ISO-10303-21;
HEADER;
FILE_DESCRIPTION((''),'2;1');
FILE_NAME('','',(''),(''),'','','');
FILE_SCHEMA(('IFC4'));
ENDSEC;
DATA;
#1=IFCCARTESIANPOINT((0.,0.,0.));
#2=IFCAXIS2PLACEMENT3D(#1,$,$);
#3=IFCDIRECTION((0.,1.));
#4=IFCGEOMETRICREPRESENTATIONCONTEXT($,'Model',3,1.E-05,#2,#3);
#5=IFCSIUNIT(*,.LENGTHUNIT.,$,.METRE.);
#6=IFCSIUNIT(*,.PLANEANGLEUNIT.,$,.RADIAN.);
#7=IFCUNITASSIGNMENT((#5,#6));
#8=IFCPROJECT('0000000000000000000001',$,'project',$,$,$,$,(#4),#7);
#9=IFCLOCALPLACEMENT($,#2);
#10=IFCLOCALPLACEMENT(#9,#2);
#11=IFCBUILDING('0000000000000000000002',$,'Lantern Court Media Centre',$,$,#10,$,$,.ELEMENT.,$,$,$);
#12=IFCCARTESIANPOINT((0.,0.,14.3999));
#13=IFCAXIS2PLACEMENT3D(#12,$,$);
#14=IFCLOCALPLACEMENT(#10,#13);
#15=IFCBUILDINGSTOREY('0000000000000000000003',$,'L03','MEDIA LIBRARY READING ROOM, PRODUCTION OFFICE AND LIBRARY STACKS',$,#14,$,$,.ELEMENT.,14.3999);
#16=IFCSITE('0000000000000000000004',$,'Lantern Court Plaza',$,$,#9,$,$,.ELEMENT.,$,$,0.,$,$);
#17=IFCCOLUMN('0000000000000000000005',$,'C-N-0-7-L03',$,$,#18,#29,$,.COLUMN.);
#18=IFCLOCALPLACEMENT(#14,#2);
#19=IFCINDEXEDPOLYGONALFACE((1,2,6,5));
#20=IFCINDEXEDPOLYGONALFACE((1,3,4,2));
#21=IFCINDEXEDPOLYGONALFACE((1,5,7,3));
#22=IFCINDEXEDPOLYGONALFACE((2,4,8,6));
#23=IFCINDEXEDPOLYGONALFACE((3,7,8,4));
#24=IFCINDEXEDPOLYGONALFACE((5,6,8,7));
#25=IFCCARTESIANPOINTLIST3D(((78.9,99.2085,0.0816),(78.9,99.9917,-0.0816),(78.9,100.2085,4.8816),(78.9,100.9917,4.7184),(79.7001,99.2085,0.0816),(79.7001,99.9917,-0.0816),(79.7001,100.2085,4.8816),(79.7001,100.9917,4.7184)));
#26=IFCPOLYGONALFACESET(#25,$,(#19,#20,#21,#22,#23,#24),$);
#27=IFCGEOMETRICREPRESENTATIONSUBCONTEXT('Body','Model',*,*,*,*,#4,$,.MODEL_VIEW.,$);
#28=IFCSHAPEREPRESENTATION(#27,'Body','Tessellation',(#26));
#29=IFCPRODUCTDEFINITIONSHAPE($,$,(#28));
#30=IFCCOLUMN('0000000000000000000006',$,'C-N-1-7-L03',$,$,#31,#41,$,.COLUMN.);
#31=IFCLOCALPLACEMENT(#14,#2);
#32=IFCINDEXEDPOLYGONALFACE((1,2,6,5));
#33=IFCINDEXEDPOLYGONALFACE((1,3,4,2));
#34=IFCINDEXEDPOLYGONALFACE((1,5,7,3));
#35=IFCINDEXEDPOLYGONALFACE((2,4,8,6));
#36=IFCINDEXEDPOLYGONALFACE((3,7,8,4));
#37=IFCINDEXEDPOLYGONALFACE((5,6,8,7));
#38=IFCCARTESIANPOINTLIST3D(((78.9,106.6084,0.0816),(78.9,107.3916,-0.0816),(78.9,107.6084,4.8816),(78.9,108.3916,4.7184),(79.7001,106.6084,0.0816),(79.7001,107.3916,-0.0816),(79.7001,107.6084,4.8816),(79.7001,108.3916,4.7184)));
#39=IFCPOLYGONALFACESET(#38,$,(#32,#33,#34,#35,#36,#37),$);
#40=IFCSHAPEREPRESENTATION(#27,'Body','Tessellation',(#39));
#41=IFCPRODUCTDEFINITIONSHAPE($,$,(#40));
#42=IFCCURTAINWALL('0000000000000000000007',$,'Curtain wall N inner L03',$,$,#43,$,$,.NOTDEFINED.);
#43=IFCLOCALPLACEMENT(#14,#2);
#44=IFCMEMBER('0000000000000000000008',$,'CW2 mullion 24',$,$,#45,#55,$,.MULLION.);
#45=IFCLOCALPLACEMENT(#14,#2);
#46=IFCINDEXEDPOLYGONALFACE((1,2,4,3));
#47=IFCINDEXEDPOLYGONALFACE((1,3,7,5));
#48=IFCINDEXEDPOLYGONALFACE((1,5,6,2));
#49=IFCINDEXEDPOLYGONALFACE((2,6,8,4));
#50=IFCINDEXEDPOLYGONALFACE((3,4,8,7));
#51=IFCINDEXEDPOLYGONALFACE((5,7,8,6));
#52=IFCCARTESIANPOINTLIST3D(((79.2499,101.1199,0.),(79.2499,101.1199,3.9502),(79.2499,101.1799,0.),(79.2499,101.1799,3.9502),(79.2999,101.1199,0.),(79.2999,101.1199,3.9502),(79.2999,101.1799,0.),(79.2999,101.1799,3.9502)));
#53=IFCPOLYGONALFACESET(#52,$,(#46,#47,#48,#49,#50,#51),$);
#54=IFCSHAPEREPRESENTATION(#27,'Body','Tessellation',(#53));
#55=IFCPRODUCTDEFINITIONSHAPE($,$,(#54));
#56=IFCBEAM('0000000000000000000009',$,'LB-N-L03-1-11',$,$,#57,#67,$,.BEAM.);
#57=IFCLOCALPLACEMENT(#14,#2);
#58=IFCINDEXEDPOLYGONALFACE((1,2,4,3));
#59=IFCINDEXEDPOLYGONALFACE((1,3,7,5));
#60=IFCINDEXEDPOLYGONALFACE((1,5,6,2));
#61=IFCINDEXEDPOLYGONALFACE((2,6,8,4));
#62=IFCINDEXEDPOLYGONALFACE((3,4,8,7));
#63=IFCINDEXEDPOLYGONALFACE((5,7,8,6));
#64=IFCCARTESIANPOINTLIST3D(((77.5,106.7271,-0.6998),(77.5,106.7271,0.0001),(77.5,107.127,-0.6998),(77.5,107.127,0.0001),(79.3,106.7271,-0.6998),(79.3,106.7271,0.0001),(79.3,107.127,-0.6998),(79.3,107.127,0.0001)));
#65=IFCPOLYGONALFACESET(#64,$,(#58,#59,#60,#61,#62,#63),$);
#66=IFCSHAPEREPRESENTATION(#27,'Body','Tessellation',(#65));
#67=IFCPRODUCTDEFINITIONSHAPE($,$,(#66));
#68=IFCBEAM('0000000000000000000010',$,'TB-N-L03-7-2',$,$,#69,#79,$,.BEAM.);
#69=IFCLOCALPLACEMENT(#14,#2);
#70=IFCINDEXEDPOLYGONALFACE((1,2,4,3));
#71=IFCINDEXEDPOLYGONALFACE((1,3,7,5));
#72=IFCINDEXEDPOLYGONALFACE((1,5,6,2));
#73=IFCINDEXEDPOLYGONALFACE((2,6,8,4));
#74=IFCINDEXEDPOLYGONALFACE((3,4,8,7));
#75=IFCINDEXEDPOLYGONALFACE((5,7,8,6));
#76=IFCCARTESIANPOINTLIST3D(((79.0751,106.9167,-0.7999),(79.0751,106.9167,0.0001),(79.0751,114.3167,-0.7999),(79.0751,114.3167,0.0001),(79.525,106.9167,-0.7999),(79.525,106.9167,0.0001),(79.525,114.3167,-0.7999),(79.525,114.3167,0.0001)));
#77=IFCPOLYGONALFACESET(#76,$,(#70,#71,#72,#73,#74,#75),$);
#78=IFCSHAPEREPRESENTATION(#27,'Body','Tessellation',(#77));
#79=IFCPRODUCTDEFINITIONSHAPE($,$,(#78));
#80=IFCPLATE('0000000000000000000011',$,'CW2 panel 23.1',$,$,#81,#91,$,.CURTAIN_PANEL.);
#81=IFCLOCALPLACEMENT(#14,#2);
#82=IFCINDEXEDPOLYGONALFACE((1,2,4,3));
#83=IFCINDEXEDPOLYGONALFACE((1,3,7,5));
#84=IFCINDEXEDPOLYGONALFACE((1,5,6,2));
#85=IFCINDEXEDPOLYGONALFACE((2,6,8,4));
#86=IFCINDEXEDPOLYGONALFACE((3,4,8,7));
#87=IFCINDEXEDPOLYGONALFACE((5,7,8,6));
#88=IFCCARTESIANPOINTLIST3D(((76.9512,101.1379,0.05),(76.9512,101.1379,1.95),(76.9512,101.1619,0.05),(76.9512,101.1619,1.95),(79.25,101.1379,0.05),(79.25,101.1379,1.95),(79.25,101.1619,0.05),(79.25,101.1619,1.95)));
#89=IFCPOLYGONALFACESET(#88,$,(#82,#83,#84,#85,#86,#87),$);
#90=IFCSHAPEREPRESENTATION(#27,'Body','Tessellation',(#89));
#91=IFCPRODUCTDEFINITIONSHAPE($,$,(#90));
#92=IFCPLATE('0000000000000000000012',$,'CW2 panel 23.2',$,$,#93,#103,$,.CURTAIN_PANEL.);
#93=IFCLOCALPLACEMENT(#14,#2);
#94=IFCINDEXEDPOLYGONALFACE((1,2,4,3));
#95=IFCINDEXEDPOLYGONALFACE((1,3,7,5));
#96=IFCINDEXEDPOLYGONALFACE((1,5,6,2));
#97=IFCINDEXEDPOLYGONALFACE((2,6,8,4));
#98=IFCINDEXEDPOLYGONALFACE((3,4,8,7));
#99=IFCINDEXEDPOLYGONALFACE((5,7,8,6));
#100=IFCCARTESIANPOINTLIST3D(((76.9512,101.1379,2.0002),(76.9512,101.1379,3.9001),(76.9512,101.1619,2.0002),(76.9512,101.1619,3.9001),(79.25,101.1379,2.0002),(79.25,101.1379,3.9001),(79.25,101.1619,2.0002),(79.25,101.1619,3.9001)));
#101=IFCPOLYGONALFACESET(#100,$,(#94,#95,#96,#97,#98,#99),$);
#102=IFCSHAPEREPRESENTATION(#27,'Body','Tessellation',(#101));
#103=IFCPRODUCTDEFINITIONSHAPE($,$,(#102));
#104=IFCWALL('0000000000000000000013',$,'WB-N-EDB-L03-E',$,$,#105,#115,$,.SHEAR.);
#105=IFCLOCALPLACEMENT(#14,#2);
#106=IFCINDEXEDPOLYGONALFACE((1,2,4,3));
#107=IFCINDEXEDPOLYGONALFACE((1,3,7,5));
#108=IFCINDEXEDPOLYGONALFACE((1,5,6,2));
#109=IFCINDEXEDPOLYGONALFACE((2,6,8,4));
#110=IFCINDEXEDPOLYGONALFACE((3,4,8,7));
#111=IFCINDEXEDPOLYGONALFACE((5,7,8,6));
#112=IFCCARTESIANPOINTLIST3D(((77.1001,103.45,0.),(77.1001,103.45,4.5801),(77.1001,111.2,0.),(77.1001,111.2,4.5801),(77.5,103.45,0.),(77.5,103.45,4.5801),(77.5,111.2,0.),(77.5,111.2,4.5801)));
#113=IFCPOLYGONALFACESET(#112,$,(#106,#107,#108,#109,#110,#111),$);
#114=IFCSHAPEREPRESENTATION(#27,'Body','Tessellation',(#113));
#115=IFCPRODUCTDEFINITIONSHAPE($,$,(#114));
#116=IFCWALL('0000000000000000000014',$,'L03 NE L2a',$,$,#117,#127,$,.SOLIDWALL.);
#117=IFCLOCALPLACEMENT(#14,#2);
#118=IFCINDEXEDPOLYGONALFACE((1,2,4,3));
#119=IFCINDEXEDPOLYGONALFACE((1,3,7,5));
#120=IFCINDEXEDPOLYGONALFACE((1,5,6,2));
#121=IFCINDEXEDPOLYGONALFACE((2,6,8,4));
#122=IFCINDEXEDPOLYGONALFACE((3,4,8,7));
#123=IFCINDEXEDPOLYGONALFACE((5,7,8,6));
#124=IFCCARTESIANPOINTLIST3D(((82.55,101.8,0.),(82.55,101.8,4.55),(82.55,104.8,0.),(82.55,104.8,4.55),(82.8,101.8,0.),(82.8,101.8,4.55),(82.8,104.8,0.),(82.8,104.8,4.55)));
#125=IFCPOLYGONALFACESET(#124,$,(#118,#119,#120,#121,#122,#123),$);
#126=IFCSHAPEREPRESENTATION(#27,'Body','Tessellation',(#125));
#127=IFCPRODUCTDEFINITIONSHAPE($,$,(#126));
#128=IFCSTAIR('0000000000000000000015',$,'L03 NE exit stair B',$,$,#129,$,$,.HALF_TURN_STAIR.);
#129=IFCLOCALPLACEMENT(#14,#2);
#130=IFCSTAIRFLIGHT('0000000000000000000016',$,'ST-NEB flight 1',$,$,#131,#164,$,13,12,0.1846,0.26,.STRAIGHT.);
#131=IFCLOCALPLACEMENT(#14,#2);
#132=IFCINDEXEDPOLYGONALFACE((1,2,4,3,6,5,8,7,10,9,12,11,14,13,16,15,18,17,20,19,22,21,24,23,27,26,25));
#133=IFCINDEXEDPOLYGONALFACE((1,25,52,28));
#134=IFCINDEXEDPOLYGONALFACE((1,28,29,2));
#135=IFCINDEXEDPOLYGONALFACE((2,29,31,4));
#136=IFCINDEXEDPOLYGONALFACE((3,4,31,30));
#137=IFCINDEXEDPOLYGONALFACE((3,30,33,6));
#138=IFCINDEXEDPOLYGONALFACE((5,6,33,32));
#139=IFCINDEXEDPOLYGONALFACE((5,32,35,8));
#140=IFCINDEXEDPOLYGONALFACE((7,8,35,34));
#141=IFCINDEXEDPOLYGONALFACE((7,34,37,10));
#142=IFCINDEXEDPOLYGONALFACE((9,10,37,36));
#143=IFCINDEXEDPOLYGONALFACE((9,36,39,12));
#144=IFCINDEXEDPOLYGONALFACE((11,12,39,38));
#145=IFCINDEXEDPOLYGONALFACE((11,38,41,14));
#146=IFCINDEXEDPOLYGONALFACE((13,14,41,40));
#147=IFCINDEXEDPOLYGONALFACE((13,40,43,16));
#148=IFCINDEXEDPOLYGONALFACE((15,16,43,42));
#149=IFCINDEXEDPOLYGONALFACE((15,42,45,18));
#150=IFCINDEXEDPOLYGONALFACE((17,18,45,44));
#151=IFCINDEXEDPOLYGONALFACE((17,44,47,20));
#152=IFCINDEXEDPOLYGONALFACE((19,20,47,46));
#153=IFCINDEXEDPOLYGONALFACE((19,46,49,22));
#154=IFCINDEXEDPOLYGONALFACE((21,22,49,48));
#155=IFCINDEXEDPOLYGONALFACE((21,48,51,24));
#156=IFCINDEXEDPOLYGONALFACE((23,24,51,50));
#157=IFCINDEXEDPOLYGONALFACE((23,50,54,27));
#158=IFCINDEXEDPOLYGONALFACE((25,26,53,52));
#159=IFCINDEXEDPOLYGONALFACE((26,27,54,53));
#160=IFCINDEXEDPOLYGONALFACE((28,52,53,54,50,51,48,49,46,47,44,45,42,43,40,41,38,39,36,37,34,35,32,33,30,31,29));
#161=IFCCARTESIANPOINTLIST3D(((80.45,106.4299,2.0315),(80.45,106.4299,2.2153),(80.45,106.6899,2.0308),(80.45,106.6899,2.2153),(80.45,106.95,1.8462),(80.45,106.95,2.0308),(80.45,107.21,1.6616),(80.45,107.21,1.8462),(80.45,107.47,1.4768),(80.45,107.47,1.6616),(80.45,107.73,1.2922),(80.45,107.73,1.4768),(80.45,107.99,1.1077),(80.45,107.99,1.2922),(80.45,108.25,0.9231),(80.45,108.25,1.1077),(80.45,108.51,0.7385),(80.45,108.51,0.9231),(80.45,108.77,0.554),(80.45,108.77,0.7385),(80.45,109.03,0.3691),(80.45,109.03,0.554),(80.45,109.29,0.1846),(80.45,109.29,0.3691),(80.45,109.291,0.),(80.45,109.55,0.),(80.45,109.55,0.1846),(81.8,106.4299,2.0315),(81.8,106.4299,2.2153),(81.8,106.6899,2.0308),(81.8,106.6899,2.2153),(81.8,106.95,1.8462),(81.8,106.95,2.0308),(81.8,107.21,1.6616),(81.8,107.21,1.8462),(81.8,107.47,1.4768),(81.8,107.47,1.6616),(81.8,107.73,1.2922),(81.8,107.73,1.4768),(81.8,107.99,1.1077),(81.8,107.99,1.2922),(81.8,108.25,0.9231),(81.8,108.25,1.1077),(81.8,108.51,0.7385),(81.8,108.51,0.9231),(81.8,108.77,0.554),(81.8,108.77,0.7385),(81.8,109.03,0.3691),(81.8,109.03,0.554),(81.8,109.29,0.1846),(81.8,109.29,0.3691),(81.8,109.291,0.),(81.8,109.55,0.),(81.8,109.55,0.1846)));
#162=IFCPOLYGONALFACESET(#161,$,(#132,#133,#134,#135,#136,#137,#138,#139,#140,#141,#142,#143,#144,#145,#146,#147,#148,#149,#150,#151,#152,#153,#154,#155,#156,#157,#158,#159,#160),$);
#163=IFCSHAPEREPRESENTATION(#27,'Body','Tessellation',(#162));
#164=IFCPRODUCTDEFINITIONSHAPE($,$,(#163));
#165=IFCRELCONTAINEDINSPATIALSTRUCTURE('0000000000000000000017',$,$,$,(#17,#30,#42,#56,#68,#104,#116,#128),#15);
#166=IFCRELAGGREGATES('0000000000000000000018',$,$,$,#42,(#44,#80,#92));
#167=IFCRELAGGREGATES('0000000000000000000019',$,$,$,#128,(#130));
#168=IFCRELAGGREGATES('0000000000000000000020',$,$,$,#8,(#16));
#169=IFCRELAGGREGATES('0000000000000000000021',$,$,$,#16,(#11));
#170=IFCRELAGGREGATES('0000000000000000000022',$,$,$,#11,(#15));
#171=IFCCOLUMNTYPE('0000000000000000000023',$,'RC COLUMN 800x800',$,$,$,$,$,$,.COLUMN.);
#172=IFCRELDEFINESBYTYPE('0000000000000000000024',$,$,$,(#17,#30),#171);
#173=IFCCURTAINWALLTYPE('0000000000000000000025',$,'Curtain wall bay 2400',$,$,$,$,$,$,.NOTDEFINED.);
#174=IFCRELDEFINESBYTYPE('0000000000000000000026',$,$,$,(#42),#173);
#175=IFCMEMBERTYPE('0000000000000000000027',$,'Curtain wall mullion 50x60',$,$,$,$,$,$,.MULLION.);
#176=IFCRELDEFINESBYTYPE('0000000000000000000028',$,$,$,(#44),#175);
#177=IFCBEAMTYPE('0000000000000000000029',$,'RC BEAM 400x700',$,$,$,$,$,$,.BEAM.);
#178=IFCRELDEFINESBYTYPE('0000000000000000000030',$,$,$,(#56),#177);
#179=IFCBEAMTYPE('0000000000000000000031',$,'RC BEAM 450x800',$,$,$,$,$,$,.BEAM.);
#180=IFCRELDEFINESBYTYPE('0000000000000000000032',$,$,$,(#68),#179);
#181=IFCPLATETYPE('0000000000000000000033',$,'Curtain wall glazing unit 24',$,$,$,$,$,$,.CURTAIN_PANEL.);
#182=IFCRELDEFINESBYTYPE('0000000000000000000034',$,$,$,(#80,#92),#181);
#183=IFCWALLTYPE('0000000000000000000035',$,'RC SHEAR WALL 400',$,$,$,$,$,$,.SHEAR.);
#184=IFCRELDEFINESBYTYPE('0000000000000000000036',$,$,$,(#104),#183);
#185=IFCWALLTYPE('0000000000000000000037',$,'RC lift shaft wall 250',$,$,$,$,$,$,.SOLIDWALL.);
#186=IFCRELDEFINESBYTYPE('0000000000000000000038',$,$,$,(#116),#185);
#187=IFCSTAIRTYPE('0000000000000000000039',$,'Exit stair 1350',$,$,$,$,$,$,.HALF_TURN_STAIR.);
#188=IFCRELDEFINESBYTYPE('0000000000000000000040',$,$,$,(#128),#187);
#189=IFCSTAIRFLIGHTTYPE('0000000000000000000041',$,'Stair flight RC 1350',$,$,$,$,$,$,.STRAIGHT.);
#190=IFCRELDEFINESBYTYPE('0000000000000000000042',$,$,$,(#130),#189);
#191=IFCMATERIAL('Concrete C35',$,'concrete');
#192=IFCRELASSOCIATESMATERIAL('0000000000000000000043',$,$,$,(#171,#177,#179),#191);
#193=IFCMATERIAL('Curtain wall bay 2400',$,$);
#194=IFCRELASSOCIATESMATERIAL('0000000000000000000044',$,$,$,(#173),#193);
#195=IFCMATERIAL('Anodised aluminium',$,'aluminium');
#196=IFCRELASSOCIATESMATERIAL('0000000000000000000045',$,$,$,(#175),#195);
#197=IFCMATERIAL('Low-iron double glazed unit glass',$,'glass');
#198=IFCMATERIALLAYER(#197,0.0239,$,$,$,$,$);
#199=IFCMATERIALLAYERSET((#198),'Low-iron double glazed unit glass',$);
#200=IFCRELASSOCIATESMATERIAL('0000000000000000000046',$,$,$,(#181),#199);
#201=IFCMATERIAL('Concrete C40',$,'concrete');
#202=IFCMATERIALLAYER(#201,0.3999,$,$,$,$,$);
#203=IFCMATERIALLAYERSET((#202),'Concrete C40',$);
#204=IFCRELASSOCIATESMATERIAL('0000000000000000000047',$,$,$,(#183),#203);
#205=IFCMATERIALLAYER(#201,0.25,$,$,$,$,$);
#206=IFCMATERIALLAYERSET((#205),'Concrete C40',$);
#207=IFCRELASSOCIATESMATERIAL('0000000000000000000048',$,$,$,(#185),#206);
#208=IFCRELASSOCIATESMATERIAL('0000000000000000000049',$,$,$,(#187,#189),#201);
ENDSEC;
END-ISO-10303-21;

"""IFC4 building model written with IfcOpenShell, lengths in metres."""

from ifc_helpers import new_model, si_unit, direction, frame, frame_2d, origin, origin_2d, place, context, subcontext, project, spatial, polyline, rectangle, outline, extrude, material, layer, layer_set, material_profile, profile_set, type_object, element, aggregate, save


model = new_model("IFC4")

# Units and contexts
model_context = context("Model", 3, precision=1e-05, world=origin(), true_north=direction((0.0, 1.0)))
body_context = subcontext(model_context, "Body", "Model", "MODEL_VIEW")
ifc_project = project(units=[si_unit("LENGTHUNIT", "METRE"), si_unit("PLANEANGLEUNIT", "RADIAN")], contexts=[model_context])

# Site, building, storey
site_placement = place(None, origin())
site = spatial("IfcSite", under=ifc_project, at=site_placement, Name="Lantern Court Plaza", CompositionType="ELEMENT", RefElevation=0.0)
building_placement = place(site_placement, origin())
building = spatial("IfcBuilding", under=site, at=building_placement, Name="Lantern Court Media Centre", CompositionType="ELEMENT")
storey_placement = place(building_placement, frame((0.0, 0.0, 14.3999)))
storey = spatial("IfcBuildingStorey", under=building, at=storey_placement, Name="L03", Description="MEDIA LIBRARY READING ROOM, PRODUCTION OFFICE AND LIBRARY STACKS", CompositionType="ELEMENT", Elevation=14.3999)

# Columns
ifc_material_1 = material(Name="Concrete C35", Category="concrete")
ifc_material_profile_1 = material_profile(ifc_material_1, rectangle(XDim=0.8, YDim=0.8, at=origin_2d()), Name="RC 800x800")
ifc_profile_set_1 = profile_set([ifc_material_profile_1], Name="Concrete C35")
column_type = type_object("IfcColumnType", Name="RC COLUMN 800x800", PredefinedType="COLUMN", material=ifc_profile_set_1)
for number, where, z_axis, x_axis, name in (
    (1, (79.3, 99.6001, 0.0), (0.0, 0.203952, 0.978981), (-1.0, 0.0, 0.0), "C-N-0-7-L03"),
    (2, (79.3, 107.0, 0.0), (0.0, 0.203952, 0.978981), (-1.0, 0.0, 0.0), "C-N-1-7-L03"),
):
    element("IfcColumn", number, at=place(storey_placement, frame(where, z_axis=z_axis, x_axis=x_axis)), inside=storey, type_object=column_type, Name=name, PredefinedType="COLUMN", context=body_context, shape_type="SweptSolid", body=[
        extrude(rectangle(XDim=0.8, YDim=0.8, at=origin_2d()), origin(), (0.0, 0.0, 1.0), 4.9031),
    ])

# Curtain wall, member
ifc_material_2 = material(Name="Curtain wall bay 2400")
curtain_wall_type = type_object("IfcCurtainWallType", Name="Curtain wall bay 2400", PredefinedType="NOTDEFINED", material=ifc_material_2)
curtain_wall_placement = place(storey_placement, origin())
curtain_wall = element("IfcCurtainWall", 3, at=curtain_wall_placement, inside=storey, type_object=curtain_wall_type, Name="Curtain wall N inner L03", PredefinedType="NOTDEFINED")
ifc_material_3 = material(Name="Anodised aluminium", Category="aluminium")
ifc_material_profile_2 = material_profile(ifc_material_3, rectangle(XDim=0.0601, YDim=0.05, at=origin_2d()), Name="AL 50x60")
ifc_profile_set_2 = profile_set([ifc_material_profile_2], Name="Anodised aluminium")
member_type = type_object("IfcMemberType", Name="Curtain wall mullion 50x60", PredefinedType="MULLION", material=ifc_profile_set_2)
member_placement = place(storey_placement, frame((79.2749, 101.1499, 0.0), z_axis=(0.0, 0.0, 1.0), x_axis=(0.0, 1.0, 0.0)))
member = element("IfcMember", 4, at=member_placement, type_object=member_type, Name="CW2 mullion 24", PredefinedType="MULLION", context=body_context, shape_type="SweptSolid", body=[
    extrude(rectangle(XDim=0.0601, YDim=0.05, at=origin_2d()), origin(), (0.0, 0.0, 1.0), 3.9502),
])

# Beams
ifc_material_profile_3 = material_profile(ifc_material_1, rectangle(XDim=0.3999, YDim=0.7, at=origin_2d()), Name="RC 400x700")
ifc_profile_set_3 = profile_set([ifc_material_profile_3], Name="Concrete C35")
beam_type_1 = type_object("IfcBeamType", Name="RC BEAM 400x700", PredefinedType="BEAM", material=ifc_profile_set_3)
beam_1_placement = place(storey_placement, frame((77.5, 106.927, -0.3499), z_axis=(1.0, 0.0, 0.0), x_axis=(0.0, 1.0, 0.0)))
element("IfcBeam", 5, at=beam_1_placement, inside=storey, type_object=beam_type_1, Name="LB-N-L03-1-11", PredefinedType="BEAM", context=body_context, shape_type="SweptSolid", body=[
    extrude(rectangle(XDim=0.3999, YDim=0.7, at=origin_2d()), origin(), (0.0, 0.0, 1.0), 1.8),
])
ifc_material_profile_4 = material_profile(ifc_material_1, rectangle(XDim=0.45, YDim=0.8, at=origin_2d()), Name="RC 450x800")
ifc_profile_set_4 = profile_set([ifc_material_profile_4], Name="Concrete C35")
beam_type_2 = type_object("IfcBeamType", Name="RC BEAM 450x800", PredefinedType="BEAM", material=ifc_profile_set_4)
beam_2_placement = place(storey_placement, frame((79.3, 106.9167, -0.3999), z_axis=(0.0, 1.0, 0.0), x_axis=(-1.0, 0.0, 0.0)))
element("IfcBeam", 6, at=beam_2_placement, inside=storey, type_object=beam_type_2, Name="TB-N-L03-7-2", PredefinedType="BEAM", context=body_context, shape_type="SweptSolid", body=[
    extrude(rectangle(XDim=0.45, YDim=0.8, at=origin_2d()), origin(), (0.0, 0.0, 1.0), 7.3999),
])

# Plates
ifc_material_4 = material(Name="Low-iron double glazed unit glass", Category="glass")
ifc_layer_1 = layer(ifc_material_4, 0.0239)
ifc_layer_set_1 = layer_set([ifc_layer_1], Name="Low-iron double glazed unit glass")
plate_type = type_object("IfcPlateType", Name="Curtain wall glazing unit 24", PredefinedType="CURTAIN_PANEL", material=ifc_layer_set_1)
plate_1_placement = place(storey_placement, frame((78.1006, 101.1499, 0.05), z_axis=(0.0, 0.0, 1.0), x_axis=(1.0, 0.0, 0.0)))
plate_1 = element("IfcPlate", 7, at=plate_1_placement, type_object=plate_type, Name="CW2 panel 23.1", PredefinedType="CURTAIN_PANEL", context=body_context, shape_type="SweptSolid", body=[
    extrude(rectangle(XDim=2.2988, YDim=0.0239, at=origin_2d()), origin(), (0.0, 0.0, 1.0), 1.8999),
])
plate_2_placement = place(storey_placement, frame((78.1006, 101.1499, 2.0002), z_axis=(0.0, 0.0, 1.0), x_axis=(1.0, 0.0, 0.0)))
plate_2 = element("IfcPlate", 8, at=plate_2_placement, type_object=plate_type, Name="CW2 panel 23.2", PredefinedType="CURTAIN_PANEL", context=body_context, shape_type="SweptSolid", body=[
    extrude(rectangle(XDim=2.2988, YDim=0.0239, at=origin_2d()), origin(), (0.0, 0.0, 1.0), 1.8999),
])
aggregate(curtain_wall, [member, plate_1, plate_2])

# Walls
ifc_material_5 = material(Name="Concrete C40", Category="concrete")
ifc_layer_2 = layer(ifc_material_5, 0.3999)
ifc_layer_set_2 = layer_set([ifc_layer_2], Name="Concrete C40")
wall_type_1 = type_object("IfcWallType", Name="RC SHEAR WALL 400", PredefinedType="SHEAR", material=ifc_layer_set_2)
wall_1_placement = place(storey_placement, frame((77.3, 103.45, 0.0), z_axis=(0.0, 0.0, 1.0), x_axis=(0.0, 1.0, 0.0)))
element("IfcWall", 9, at=wall_1_placement, inside=storey, type_object=wall_type_1, Name="WB-N-EDB-L03-E", PredefinedType="SHEAR", context=body_context, shape_type="SweptSolid", body=[
    extrude(rectangle(XDim=7.75, YDim=0.3999, at=frame_2d((3.875, 0.0))), origin(), (0.0, 0.0, 1.0), 4.5801),
])
ifc_layer_3 = layer(ifc_material_5, 0.25)
ifc_layer_set_3 = layer_set([ifc_layer_3], Name="Concrete C40")
wall_type_2 = type_object("IfcWallType", Name="RC lift shaft wall 250", PredefinedType="SOLIDWALL", material=ifc_layer_set_3)
wall_2_placement = place(storey_placement, frame((82.675, 104.8, 0.0), z_axis=(0.0, 0.0, 1.0), x_axis=(0.0, -1.0, 0.0)))
element("IfcWall", 10, at=wall_2_placement, inside=storey, type_object=wall_type_2, Name="L03 NE L2a", PredefinedType="SOLIDWALL", context=body_context, shape_type="SweptSolid", body=[
    extrude(rectangle(XDim=3.0, YDim=0.25, at=frame_2d((1.5, 0.0))), origin(), (0.0, 0.0, 1.0), 4.55),
])

# Stair, stair flight
stair_type = type_object("IfcStairType", Name="Exit stair 1350", PredefinedType="HALF_TURN_STAIR", material=ifc_material_5)
stair_placement = place(storey_placement, origin())
stair = element("IfcStair", 11, at=stair_placement, inside=storey, type_object=stair_type, Name="L03 NE exit stair B", PredefinedType="HALF_TURN_STAIR")
stair_flight_type = type_object("IfcStairFlightType", Name="Stair flight RC 1350", PredefinedType="STRAIGHT", material=ifc_material_5)
stair_flight_1_placement = place(storey_placement, frame((81.125, 109.55, 0.0), z_axis=(0.0, 0.0, 1.0), x_axis=(0.0, -1.0, 0.0)))
stair_flight_1 = element("IfcStairFlight", 12, at=stair_flight_1_placement, type_object=stair_flight_type, Name="ST-NEB flight 1", NumberOfRisers=13, NumberOfTreads=12, PredefinedType="STRAIGHT", RiserHeight=0.1846, TreadLength=0.26, context=body_context, shape_type="SweptSolid", body=[
    extrude(outline(polyline([(0.0, 0.0), (0.0, 0.1846), (0.26, 0.1846), (0.26, 0.3691), (0.52, 0.3691), (0.52, 0.554), (0.78, 0.554), (0.78, 0.7385), (1.04, 0.7385), (1.04, 0.9231), (1.3, 0.9231), (1.3, 1.1077), (1.5601, 1.1077), (1.5601, 1.2922), (1.8201, 1.2922), (1.8201, 1.4768), (2.0801, 1.4768), (2.0801, 1.6616), (2.3401, 1.6616), (2.3401, 1.8462), (2.6001, 1.8462), (2.6001, 2.0308), (2.8601, 2.0308), (2.8601, 2.2153), (3.1201, 2.2153), (3.1201, 2.3999), (3.1201, 2.0315), (0.259, 0.0), (0.0, 0.0)])), frame((0.0, 0.675, 0.0), z_axis=(0.0, -1.0, 0.0), x_axis=(1.0, 0.0, 0.0)), (0.0, 0.0, 1.0), 1.3501),
])
aggregate(stair, [stair_flight_1])

save(model, "model.ifc")
